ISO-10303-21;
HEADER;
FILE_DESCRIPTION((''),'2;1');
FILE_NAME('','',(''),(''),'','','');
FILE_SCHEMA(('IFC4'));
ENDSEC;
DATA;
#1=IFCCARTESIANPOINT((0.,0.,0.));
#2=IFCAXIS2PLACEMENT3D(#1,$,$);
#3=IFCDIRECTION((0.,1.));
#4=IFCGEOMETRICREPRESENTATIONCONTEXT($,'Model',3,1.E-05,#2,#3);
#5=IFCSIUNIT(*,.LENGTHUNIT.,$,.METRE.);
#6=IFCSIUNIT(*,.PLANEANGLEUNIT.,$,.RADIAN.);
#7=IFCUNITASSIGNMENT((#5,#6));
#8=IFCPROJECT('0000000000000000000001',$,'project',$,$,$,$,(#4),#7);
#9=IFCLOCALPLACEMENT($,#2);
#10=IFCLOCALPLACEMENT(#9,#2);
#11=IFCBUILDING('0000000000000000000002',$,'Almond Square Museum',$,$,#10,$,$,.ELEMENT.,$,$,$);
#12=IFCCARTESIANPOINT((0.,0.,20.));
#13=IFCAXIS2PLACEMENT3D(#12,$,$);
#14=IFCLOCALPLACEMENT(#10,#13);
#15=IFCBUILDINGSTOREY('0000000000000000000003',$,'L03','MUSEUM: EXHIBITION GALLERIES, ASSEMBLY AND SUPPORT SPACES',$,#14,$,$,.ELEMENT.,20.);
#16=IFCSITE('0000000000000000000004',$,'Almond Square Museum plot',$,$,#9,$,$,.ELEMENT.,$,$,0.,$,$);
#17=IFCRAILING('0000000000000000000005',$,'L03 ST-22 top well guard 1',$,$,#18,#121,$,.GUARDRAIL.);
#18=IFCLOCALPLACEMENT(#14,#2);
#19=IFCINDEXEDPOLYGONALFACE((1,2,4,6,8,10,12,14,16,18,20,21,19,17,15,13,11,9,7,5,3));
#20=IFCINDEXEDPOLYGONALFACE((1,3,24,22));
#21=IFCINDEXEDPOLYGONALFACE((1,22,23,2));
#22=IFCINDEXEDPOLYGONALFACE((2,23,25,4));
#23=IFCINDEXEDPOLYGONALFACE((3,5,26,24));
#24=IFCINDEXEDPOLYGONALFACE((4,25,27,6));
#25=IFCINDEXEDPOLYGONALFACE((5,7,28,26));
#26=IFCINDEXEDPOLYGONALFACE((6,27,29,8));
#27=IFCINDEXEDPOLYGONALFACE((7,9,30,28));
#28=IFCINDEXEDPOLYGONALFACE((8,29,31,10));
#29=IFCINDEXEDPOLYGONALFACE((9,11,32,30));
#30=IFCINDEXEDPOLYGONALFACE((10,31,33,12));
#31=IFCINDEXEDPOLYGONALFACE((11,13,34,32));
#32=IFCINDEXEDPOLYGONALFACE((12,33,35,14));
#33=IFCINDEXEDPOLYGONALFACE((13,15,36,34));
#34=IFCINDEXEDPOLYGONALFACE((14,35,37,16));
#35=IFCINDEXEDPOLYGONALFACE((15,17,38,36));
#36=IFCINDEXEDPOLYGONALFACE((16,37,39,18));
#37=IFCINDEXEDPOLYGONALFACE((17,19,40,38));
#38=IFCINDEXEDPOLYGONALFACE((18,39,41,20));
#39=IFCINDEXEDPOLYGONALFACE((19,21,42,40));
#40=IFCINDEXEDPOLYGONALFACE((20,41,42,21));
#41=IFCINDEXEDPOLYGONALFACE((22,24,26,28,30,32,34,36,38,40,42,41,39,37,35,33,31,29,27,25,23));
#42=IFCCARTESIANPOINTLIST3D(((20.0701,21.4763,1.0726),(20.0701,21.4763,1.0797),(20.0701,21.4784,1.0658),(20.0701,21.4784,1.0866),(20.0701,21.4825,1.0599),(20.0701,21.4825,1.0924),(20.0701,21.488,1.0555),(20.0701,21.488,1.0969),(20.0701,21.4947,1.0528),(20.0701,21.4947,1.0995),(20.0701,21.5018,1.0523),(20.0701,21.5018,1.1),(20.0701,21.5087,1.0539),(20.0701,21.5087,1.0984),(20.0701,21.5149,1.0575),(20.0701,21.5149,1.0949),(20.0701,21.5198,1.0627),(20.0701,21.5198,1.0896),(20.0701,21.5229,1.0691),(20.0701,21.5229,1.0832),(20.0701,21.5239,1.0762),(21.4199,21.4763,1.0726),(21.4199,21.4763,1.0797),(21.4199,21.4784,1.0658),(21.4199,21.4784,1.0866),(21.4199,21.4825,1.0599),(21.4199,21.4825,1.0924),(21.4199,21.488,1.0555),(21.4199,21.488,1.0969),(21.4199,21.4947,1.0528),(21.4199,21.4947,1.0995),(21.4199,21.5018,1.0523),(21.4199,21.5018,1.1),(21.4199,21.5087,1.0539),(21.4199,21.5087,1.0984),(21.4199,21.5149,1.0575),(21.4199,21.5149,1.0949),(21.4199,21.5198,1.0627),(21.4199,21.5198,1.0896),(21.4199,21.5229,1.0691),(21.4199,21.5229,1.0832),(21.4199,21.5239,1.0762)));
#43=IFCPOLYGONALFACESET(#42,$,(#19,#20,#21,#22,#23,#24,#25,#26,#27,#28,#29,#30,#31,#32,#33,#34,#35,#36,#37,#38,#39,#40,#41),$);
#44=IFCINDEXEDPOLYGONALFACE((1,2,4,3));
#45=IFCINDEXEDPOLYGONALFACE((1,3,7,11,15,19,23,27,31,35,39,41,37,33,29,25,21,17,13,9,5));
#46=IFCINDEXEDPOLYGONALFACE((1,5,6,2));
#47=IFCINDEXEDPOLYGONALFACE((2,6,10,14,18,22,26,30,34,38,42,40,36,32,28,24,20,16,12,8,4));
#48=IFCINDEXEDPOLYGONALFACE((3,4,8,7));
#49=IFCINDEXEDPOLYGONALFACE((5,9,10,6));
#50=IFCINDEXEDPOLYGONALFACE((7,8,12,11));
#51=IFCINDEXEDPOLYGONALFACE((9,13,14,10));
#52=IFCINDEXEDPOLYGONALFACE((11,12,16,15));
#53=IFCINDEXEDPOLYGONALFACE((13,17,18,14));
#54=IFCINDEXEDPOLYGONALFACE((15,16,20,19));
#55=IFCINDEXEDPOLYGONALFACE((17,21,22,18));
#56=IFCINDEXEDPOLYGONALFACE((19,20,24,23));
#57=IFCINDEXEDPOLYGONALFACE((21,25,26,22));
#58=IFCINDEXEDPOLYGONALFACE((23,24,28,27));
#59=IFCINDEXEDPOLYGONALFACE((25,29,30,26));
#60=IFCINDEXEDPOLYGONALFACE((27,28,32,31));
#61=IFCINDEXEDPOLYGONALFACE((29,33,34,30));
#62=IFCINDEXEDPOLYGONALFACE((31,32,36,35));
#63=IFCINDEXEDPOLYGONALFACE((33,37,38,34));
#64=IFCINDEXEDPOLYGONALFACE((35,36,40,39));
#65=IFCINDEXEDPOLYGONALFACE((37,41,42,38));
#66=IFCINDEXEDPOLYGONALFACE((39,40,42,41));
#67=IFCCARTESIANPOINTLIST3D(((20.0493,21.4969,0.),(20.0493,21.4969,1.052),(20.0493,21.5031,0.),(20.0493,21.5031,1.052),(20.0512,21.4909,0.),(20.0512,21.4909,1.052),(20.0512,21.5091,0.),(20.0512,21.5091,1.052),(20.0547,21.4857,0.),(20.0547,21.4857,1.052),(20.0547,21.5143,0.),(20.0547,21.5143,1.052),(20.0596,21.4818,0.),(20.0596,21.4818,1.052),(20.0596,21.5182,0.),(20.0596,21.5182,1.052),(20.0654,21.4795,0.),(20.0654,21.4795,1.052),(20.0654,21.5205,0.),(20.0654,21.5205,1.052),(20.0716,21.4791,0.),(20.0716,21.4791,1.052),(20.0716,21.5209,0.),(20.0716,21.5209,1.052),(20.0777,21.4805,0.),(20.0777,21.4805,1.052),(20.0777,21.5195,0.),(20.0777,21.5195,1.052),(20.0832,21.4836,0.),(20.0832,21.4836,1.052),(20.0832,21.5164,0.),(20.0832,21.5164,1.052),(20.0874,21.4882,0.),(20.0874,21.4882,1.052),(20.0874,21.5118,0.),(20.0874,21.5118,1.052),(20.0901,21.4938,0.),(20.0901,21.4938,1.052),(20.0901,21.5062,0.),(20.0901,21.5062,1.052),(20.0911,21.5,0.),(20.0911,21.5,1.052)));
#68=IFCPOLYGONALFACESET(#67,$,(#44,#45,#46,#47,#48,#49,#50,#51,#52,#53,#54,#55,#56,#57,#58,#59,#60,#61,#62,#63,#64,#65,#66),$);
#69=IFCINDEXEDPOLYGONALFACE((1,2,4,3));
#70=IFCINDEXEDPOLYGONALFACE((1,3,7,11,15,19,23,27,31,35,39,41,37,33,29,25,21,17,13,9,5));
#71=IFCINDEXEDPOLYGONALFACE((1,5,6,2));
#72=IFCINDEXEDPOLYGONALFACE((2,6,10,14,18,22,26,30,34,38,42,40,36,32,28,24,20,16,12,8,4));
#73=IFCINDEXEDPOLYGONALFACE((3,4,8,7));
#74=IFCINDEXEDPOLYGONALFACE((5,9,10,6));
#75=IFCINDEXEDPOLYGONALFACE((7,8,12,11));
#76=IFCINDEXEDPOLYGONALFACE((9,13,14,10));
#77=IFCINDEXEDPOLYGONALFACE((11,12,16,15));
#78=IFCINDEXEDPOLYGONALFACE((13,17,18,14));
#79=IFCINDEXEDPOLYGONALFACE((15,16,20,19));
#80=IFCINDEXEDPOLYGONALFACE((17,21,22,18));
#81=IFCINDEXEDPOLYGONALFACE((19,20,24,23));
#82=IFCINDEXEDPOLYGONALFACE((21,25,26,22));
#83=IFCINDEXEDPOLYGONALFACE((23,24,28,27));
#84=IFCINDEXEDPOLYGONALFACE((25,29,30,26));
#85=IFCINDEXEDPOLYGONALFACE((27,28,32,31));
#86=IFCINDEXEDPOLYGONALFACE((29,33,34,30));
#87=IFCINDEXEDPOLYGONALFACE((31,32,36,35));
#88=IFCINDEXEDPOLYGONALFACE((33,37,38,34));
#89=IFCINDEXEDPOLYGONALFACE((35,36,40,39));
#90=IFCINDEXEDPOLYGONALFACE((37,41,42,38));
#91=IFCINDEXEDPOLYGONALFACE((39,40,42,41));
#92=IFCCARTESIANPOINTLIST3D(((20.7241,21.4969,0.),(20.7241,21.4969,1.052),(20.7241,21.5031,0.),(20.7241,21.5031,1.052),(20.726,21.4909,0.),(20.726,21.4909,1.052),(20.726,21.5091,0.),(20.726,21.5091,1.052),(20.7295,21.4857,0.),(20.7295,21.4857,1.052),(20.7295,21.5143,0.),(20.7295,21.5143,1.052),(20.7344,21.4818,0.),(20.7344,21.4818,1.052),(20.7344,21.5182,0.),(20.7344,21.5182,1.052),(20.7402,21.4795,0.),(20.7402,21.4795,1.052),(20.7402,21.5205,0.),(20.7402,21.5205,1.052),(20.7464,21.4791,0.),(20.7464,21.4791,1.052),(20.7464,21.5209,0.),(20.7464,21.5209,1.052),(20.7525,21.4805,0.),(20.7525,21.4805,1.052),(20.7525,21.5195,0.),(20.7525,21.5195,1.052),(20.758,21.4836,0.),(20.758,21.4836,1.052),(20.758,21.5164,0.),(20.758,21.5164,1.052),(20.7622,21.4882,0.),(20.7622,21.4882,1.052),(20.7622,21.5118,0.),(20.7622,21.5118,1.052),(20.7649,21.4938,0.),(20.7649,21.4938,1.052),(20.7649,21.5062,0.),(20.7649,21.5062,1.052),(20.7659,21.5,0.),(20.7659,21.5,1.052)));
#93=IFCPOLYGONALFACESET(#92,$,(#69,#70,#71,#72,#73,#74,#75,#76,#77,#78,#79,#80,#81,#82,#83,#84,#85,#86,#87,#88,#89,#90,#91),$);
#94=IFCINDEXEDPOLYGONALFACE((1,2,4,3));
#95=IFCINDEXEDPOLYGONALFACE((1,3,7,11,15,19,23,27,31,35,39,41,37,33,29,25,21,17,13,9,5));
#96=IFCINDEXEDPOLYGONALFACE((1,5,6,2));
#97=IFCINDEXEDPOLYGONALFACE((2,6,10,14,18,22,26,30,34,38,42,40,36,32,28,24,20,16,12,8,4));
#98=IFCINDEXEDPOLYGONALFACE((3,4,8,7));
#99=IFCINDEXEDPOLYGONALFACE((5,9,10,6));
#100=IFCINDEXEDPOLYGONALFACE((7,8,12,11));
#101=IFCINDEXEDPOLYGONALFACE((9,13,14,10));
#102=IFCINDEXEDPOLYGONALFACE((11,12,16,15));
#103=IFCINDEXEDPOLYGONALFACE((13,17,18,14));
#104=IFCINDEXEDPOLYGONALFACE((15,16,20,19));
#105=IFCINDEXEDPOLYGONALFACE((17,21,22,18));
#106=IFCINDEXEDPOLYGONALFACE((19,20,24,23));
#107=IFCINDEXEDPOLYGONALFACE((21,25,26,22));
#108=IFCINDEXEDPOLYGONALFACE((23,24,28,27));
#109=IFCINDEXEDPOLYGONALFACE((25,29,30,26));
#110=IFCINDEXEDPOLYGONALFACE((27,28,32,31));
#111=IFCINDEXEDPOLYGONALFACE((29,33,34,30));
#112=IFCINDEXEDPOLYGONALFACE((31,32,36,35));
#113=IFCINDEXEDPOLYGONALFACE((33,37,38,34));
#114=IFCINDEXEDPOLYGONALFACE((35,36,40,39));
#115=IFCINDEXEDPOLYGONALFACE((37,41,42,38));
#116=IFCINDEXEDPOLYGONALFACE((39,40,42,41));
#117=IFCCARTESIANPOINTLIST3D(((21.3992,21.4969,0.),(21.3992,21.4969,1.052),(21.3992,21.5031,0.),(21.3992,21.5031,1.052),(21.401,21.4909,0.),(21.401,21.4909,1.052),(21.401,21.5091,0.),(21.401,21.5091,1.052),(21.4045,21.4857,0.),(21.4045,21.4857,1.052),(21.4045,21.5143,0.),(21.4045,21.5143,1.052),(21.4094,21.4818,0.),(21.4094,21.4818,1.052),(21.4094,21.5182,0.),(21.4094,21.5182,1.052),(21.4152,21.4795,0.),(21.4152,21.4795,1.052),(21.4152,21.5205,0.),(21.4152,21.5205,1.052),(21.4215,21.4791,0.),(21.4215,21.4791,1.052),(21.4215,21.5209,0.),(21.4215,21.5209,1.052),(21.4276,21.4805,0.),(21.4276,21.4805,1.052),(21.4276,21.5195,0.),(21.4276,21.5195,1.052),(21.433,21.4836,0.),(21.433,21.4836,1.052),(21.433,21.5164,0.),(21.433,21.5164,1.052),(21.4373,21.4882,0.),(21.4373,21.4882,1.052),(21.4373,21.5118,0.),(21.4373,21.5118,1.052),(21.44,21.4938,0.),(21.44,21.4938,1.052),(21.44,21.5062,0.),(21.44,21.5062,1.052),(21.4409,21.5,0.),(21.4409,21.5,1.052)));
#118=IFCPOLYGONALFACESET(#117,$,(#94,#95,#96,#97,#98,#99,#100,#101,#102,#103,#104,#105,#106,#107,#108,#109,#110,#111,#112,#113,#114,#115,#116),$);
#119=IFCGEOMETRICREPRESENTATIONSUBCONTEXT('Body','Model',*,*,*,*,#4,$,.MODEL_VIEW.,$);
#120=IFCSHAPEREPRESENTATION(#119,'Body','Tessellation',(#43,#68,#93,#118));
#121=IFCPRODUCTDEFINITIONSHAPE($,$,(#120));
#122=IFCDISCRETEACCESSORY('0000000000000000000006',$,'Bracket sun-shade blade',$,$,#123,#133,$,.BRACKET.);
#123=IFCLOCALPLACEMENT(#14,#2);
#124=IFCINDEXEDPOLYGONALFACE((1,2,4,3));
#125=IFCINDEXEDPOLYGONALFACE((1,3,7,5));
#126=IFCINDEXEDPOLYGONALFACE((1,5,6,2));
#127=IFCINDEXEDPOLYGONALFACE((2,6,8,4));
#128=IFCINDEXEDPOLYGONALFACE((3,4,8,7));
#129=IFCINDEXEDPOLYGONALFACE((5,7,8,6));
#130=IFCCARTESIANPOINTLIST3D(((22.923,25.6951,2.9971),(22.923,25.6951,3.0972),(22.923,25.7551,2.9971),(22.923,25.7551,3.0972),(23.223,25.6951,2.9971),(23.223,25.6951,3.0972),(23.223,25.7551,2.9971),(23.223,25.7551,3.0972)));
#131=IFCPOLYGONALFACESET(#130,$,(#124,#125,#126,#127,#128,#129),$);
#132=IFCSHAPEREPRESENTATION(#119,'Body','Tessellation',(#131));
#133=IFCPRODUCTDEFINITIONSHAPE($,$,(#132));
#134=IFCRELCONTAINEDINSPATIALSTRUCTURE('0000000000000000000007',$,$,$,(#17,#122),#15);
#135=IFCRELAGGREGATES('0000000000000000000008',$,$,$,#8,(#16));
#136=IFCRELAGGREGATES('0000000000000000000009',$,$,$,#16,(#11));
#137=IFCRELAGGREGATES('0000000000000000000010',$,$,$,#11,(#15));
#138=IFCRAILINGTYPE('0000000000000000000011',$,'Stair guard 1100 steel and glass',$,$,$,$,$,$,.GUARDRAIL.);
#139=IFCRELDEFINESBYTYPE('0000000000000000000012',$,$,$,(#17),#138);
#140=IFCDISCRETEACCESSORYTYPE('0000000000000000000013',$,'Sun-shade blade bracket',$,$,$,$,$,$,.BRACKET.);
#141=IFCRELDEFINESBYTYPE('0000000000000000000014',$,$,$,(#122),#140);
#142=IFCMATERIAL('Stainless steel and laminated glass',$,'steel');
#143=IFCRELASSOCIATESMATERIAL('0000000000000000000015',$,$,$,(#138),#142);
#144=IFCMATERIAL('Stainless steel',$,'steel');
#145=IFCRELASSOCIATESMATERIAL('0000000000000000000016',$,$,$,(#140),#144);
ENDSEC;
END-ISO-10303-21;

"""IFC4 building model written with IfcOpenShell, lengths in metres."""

from ifc_helpers import new_model, si_unit, direction, frame, origin, origin_2d, place, context, subcontext, project, spatial, rectangle, circle, extrude, material, type_object, element, save


model = new_model("IFC4")

# Units and contexts
model_context = context("Model", 3, precision=1e-05, world=origin(), true_north=direction((0.0, 1.0)))
body_context = subcontext(model_context, "Body", "Model", "MODEL_VIEW")
ifc_project = project(units=[si_unit("LENGTHUNIT", "METRE"), si_unit("PLANEANGLEUNIT", "RADIAN")], contexts=[model_context])

# Site, building, storey
site_placement = place(None, origin())
site = spatial("IfcSite", under=ifc_project, at=site_placement, Name="Almond Square Museum plot", CompositionType="ELEMENT", RefElevation=0.0)
building_placement = place(site_placement, origin())
building = spatial("IfcBuilding", under=site, at=building_placement, Name="Almond Square Museum", CompositionType="ELEMENT")
storey_placement = place(building_placement, frame((0.0, 0.0, 20.0)))
storey = spatial("IfcBuildingStorey", under=building, at=storey_placement, Name="L03", Description="MUSEUM: EXHIBITION GALLERIES, ASSEMBLY AND SUPPORT SPACES", CompositionType="ELEMENT", Elevation=20.0)

# Railing
ifc_material_1 = material(Name="Stainless steel and laminated glass", Category="steel")
railing_type = type_object("IfcRailingType", Name="Stair guard 1100 steel and glass", PredefinedType="GUARDRAIL", material=ifc_material_1)
for number, where, name in (
    (1, (20.0701, 21.5, 0.0), "L03 ST-22 top well guard 1"),
):
    element("IfcRailing", number, at=place(storey_placement, frame(where)), inside=storey, type_object=railing_type, Name=name, PredefinedType="GUARDRAIL", context=body_context, shape_type="SweptSolid", body=[
        extrude(circle(Radius=0.0239, at=origin_2d()), frame((0.0, 0.0, 1.0762), z_axis=(1.0, 0.0, 0.0), x_axis=(0.0, 1.0, 0.0)), (0.0, 0.0, 1.0), 1.3499),
        extrude(circle(Radius=0.021, at=origin_2d()), origin(), (0.0, 0.0, 1.0), 1.052),
        extrude(circle(Radius=0.021, at=origin_2d()), frame((0.6748, 0.0, 0.0)), (0.0, 0.0, 1.0), 1.052),
        extrude(circle(Radius=0.021, at=origin_2d()), frame((1.3499, 0.0, 0.0)), (0.0, 0.0, 1.0), 1.052),
    ])

# Discrete accessory
ifc_material_2 = material(Name="Stainless steel", Category="steel")
discrete_accessory_type = type_object("IfcDiscreteAccessoryType", Name="Sun-shade blade bracket", PredefinedType="BRACKET", material=ifc_material_2)
discrete_accessory_placement = place(storey_placement, frame((23.073, 25.7251, 2.9971), z_axis=(0.0, 0.0, 1.0), x_axis=(1.0, 0.0, 0.0)))
element("IfcDiscreteAccessory", 2, at=discrete_accessory_placement, inside=storey, type_object=discrete_accessory_type, Name="Bracket sun-shade blade", PredefinedType="BRACKET", context=body_context, shape_type="SweptSolid", body=[
    extrude(rectangle(XDim=0.3, YDim=0.0601, at=origin_2d()), origin(), (0.0, 0.0, 1.0), 0.1001),
])

save(model, "model.ifc")
